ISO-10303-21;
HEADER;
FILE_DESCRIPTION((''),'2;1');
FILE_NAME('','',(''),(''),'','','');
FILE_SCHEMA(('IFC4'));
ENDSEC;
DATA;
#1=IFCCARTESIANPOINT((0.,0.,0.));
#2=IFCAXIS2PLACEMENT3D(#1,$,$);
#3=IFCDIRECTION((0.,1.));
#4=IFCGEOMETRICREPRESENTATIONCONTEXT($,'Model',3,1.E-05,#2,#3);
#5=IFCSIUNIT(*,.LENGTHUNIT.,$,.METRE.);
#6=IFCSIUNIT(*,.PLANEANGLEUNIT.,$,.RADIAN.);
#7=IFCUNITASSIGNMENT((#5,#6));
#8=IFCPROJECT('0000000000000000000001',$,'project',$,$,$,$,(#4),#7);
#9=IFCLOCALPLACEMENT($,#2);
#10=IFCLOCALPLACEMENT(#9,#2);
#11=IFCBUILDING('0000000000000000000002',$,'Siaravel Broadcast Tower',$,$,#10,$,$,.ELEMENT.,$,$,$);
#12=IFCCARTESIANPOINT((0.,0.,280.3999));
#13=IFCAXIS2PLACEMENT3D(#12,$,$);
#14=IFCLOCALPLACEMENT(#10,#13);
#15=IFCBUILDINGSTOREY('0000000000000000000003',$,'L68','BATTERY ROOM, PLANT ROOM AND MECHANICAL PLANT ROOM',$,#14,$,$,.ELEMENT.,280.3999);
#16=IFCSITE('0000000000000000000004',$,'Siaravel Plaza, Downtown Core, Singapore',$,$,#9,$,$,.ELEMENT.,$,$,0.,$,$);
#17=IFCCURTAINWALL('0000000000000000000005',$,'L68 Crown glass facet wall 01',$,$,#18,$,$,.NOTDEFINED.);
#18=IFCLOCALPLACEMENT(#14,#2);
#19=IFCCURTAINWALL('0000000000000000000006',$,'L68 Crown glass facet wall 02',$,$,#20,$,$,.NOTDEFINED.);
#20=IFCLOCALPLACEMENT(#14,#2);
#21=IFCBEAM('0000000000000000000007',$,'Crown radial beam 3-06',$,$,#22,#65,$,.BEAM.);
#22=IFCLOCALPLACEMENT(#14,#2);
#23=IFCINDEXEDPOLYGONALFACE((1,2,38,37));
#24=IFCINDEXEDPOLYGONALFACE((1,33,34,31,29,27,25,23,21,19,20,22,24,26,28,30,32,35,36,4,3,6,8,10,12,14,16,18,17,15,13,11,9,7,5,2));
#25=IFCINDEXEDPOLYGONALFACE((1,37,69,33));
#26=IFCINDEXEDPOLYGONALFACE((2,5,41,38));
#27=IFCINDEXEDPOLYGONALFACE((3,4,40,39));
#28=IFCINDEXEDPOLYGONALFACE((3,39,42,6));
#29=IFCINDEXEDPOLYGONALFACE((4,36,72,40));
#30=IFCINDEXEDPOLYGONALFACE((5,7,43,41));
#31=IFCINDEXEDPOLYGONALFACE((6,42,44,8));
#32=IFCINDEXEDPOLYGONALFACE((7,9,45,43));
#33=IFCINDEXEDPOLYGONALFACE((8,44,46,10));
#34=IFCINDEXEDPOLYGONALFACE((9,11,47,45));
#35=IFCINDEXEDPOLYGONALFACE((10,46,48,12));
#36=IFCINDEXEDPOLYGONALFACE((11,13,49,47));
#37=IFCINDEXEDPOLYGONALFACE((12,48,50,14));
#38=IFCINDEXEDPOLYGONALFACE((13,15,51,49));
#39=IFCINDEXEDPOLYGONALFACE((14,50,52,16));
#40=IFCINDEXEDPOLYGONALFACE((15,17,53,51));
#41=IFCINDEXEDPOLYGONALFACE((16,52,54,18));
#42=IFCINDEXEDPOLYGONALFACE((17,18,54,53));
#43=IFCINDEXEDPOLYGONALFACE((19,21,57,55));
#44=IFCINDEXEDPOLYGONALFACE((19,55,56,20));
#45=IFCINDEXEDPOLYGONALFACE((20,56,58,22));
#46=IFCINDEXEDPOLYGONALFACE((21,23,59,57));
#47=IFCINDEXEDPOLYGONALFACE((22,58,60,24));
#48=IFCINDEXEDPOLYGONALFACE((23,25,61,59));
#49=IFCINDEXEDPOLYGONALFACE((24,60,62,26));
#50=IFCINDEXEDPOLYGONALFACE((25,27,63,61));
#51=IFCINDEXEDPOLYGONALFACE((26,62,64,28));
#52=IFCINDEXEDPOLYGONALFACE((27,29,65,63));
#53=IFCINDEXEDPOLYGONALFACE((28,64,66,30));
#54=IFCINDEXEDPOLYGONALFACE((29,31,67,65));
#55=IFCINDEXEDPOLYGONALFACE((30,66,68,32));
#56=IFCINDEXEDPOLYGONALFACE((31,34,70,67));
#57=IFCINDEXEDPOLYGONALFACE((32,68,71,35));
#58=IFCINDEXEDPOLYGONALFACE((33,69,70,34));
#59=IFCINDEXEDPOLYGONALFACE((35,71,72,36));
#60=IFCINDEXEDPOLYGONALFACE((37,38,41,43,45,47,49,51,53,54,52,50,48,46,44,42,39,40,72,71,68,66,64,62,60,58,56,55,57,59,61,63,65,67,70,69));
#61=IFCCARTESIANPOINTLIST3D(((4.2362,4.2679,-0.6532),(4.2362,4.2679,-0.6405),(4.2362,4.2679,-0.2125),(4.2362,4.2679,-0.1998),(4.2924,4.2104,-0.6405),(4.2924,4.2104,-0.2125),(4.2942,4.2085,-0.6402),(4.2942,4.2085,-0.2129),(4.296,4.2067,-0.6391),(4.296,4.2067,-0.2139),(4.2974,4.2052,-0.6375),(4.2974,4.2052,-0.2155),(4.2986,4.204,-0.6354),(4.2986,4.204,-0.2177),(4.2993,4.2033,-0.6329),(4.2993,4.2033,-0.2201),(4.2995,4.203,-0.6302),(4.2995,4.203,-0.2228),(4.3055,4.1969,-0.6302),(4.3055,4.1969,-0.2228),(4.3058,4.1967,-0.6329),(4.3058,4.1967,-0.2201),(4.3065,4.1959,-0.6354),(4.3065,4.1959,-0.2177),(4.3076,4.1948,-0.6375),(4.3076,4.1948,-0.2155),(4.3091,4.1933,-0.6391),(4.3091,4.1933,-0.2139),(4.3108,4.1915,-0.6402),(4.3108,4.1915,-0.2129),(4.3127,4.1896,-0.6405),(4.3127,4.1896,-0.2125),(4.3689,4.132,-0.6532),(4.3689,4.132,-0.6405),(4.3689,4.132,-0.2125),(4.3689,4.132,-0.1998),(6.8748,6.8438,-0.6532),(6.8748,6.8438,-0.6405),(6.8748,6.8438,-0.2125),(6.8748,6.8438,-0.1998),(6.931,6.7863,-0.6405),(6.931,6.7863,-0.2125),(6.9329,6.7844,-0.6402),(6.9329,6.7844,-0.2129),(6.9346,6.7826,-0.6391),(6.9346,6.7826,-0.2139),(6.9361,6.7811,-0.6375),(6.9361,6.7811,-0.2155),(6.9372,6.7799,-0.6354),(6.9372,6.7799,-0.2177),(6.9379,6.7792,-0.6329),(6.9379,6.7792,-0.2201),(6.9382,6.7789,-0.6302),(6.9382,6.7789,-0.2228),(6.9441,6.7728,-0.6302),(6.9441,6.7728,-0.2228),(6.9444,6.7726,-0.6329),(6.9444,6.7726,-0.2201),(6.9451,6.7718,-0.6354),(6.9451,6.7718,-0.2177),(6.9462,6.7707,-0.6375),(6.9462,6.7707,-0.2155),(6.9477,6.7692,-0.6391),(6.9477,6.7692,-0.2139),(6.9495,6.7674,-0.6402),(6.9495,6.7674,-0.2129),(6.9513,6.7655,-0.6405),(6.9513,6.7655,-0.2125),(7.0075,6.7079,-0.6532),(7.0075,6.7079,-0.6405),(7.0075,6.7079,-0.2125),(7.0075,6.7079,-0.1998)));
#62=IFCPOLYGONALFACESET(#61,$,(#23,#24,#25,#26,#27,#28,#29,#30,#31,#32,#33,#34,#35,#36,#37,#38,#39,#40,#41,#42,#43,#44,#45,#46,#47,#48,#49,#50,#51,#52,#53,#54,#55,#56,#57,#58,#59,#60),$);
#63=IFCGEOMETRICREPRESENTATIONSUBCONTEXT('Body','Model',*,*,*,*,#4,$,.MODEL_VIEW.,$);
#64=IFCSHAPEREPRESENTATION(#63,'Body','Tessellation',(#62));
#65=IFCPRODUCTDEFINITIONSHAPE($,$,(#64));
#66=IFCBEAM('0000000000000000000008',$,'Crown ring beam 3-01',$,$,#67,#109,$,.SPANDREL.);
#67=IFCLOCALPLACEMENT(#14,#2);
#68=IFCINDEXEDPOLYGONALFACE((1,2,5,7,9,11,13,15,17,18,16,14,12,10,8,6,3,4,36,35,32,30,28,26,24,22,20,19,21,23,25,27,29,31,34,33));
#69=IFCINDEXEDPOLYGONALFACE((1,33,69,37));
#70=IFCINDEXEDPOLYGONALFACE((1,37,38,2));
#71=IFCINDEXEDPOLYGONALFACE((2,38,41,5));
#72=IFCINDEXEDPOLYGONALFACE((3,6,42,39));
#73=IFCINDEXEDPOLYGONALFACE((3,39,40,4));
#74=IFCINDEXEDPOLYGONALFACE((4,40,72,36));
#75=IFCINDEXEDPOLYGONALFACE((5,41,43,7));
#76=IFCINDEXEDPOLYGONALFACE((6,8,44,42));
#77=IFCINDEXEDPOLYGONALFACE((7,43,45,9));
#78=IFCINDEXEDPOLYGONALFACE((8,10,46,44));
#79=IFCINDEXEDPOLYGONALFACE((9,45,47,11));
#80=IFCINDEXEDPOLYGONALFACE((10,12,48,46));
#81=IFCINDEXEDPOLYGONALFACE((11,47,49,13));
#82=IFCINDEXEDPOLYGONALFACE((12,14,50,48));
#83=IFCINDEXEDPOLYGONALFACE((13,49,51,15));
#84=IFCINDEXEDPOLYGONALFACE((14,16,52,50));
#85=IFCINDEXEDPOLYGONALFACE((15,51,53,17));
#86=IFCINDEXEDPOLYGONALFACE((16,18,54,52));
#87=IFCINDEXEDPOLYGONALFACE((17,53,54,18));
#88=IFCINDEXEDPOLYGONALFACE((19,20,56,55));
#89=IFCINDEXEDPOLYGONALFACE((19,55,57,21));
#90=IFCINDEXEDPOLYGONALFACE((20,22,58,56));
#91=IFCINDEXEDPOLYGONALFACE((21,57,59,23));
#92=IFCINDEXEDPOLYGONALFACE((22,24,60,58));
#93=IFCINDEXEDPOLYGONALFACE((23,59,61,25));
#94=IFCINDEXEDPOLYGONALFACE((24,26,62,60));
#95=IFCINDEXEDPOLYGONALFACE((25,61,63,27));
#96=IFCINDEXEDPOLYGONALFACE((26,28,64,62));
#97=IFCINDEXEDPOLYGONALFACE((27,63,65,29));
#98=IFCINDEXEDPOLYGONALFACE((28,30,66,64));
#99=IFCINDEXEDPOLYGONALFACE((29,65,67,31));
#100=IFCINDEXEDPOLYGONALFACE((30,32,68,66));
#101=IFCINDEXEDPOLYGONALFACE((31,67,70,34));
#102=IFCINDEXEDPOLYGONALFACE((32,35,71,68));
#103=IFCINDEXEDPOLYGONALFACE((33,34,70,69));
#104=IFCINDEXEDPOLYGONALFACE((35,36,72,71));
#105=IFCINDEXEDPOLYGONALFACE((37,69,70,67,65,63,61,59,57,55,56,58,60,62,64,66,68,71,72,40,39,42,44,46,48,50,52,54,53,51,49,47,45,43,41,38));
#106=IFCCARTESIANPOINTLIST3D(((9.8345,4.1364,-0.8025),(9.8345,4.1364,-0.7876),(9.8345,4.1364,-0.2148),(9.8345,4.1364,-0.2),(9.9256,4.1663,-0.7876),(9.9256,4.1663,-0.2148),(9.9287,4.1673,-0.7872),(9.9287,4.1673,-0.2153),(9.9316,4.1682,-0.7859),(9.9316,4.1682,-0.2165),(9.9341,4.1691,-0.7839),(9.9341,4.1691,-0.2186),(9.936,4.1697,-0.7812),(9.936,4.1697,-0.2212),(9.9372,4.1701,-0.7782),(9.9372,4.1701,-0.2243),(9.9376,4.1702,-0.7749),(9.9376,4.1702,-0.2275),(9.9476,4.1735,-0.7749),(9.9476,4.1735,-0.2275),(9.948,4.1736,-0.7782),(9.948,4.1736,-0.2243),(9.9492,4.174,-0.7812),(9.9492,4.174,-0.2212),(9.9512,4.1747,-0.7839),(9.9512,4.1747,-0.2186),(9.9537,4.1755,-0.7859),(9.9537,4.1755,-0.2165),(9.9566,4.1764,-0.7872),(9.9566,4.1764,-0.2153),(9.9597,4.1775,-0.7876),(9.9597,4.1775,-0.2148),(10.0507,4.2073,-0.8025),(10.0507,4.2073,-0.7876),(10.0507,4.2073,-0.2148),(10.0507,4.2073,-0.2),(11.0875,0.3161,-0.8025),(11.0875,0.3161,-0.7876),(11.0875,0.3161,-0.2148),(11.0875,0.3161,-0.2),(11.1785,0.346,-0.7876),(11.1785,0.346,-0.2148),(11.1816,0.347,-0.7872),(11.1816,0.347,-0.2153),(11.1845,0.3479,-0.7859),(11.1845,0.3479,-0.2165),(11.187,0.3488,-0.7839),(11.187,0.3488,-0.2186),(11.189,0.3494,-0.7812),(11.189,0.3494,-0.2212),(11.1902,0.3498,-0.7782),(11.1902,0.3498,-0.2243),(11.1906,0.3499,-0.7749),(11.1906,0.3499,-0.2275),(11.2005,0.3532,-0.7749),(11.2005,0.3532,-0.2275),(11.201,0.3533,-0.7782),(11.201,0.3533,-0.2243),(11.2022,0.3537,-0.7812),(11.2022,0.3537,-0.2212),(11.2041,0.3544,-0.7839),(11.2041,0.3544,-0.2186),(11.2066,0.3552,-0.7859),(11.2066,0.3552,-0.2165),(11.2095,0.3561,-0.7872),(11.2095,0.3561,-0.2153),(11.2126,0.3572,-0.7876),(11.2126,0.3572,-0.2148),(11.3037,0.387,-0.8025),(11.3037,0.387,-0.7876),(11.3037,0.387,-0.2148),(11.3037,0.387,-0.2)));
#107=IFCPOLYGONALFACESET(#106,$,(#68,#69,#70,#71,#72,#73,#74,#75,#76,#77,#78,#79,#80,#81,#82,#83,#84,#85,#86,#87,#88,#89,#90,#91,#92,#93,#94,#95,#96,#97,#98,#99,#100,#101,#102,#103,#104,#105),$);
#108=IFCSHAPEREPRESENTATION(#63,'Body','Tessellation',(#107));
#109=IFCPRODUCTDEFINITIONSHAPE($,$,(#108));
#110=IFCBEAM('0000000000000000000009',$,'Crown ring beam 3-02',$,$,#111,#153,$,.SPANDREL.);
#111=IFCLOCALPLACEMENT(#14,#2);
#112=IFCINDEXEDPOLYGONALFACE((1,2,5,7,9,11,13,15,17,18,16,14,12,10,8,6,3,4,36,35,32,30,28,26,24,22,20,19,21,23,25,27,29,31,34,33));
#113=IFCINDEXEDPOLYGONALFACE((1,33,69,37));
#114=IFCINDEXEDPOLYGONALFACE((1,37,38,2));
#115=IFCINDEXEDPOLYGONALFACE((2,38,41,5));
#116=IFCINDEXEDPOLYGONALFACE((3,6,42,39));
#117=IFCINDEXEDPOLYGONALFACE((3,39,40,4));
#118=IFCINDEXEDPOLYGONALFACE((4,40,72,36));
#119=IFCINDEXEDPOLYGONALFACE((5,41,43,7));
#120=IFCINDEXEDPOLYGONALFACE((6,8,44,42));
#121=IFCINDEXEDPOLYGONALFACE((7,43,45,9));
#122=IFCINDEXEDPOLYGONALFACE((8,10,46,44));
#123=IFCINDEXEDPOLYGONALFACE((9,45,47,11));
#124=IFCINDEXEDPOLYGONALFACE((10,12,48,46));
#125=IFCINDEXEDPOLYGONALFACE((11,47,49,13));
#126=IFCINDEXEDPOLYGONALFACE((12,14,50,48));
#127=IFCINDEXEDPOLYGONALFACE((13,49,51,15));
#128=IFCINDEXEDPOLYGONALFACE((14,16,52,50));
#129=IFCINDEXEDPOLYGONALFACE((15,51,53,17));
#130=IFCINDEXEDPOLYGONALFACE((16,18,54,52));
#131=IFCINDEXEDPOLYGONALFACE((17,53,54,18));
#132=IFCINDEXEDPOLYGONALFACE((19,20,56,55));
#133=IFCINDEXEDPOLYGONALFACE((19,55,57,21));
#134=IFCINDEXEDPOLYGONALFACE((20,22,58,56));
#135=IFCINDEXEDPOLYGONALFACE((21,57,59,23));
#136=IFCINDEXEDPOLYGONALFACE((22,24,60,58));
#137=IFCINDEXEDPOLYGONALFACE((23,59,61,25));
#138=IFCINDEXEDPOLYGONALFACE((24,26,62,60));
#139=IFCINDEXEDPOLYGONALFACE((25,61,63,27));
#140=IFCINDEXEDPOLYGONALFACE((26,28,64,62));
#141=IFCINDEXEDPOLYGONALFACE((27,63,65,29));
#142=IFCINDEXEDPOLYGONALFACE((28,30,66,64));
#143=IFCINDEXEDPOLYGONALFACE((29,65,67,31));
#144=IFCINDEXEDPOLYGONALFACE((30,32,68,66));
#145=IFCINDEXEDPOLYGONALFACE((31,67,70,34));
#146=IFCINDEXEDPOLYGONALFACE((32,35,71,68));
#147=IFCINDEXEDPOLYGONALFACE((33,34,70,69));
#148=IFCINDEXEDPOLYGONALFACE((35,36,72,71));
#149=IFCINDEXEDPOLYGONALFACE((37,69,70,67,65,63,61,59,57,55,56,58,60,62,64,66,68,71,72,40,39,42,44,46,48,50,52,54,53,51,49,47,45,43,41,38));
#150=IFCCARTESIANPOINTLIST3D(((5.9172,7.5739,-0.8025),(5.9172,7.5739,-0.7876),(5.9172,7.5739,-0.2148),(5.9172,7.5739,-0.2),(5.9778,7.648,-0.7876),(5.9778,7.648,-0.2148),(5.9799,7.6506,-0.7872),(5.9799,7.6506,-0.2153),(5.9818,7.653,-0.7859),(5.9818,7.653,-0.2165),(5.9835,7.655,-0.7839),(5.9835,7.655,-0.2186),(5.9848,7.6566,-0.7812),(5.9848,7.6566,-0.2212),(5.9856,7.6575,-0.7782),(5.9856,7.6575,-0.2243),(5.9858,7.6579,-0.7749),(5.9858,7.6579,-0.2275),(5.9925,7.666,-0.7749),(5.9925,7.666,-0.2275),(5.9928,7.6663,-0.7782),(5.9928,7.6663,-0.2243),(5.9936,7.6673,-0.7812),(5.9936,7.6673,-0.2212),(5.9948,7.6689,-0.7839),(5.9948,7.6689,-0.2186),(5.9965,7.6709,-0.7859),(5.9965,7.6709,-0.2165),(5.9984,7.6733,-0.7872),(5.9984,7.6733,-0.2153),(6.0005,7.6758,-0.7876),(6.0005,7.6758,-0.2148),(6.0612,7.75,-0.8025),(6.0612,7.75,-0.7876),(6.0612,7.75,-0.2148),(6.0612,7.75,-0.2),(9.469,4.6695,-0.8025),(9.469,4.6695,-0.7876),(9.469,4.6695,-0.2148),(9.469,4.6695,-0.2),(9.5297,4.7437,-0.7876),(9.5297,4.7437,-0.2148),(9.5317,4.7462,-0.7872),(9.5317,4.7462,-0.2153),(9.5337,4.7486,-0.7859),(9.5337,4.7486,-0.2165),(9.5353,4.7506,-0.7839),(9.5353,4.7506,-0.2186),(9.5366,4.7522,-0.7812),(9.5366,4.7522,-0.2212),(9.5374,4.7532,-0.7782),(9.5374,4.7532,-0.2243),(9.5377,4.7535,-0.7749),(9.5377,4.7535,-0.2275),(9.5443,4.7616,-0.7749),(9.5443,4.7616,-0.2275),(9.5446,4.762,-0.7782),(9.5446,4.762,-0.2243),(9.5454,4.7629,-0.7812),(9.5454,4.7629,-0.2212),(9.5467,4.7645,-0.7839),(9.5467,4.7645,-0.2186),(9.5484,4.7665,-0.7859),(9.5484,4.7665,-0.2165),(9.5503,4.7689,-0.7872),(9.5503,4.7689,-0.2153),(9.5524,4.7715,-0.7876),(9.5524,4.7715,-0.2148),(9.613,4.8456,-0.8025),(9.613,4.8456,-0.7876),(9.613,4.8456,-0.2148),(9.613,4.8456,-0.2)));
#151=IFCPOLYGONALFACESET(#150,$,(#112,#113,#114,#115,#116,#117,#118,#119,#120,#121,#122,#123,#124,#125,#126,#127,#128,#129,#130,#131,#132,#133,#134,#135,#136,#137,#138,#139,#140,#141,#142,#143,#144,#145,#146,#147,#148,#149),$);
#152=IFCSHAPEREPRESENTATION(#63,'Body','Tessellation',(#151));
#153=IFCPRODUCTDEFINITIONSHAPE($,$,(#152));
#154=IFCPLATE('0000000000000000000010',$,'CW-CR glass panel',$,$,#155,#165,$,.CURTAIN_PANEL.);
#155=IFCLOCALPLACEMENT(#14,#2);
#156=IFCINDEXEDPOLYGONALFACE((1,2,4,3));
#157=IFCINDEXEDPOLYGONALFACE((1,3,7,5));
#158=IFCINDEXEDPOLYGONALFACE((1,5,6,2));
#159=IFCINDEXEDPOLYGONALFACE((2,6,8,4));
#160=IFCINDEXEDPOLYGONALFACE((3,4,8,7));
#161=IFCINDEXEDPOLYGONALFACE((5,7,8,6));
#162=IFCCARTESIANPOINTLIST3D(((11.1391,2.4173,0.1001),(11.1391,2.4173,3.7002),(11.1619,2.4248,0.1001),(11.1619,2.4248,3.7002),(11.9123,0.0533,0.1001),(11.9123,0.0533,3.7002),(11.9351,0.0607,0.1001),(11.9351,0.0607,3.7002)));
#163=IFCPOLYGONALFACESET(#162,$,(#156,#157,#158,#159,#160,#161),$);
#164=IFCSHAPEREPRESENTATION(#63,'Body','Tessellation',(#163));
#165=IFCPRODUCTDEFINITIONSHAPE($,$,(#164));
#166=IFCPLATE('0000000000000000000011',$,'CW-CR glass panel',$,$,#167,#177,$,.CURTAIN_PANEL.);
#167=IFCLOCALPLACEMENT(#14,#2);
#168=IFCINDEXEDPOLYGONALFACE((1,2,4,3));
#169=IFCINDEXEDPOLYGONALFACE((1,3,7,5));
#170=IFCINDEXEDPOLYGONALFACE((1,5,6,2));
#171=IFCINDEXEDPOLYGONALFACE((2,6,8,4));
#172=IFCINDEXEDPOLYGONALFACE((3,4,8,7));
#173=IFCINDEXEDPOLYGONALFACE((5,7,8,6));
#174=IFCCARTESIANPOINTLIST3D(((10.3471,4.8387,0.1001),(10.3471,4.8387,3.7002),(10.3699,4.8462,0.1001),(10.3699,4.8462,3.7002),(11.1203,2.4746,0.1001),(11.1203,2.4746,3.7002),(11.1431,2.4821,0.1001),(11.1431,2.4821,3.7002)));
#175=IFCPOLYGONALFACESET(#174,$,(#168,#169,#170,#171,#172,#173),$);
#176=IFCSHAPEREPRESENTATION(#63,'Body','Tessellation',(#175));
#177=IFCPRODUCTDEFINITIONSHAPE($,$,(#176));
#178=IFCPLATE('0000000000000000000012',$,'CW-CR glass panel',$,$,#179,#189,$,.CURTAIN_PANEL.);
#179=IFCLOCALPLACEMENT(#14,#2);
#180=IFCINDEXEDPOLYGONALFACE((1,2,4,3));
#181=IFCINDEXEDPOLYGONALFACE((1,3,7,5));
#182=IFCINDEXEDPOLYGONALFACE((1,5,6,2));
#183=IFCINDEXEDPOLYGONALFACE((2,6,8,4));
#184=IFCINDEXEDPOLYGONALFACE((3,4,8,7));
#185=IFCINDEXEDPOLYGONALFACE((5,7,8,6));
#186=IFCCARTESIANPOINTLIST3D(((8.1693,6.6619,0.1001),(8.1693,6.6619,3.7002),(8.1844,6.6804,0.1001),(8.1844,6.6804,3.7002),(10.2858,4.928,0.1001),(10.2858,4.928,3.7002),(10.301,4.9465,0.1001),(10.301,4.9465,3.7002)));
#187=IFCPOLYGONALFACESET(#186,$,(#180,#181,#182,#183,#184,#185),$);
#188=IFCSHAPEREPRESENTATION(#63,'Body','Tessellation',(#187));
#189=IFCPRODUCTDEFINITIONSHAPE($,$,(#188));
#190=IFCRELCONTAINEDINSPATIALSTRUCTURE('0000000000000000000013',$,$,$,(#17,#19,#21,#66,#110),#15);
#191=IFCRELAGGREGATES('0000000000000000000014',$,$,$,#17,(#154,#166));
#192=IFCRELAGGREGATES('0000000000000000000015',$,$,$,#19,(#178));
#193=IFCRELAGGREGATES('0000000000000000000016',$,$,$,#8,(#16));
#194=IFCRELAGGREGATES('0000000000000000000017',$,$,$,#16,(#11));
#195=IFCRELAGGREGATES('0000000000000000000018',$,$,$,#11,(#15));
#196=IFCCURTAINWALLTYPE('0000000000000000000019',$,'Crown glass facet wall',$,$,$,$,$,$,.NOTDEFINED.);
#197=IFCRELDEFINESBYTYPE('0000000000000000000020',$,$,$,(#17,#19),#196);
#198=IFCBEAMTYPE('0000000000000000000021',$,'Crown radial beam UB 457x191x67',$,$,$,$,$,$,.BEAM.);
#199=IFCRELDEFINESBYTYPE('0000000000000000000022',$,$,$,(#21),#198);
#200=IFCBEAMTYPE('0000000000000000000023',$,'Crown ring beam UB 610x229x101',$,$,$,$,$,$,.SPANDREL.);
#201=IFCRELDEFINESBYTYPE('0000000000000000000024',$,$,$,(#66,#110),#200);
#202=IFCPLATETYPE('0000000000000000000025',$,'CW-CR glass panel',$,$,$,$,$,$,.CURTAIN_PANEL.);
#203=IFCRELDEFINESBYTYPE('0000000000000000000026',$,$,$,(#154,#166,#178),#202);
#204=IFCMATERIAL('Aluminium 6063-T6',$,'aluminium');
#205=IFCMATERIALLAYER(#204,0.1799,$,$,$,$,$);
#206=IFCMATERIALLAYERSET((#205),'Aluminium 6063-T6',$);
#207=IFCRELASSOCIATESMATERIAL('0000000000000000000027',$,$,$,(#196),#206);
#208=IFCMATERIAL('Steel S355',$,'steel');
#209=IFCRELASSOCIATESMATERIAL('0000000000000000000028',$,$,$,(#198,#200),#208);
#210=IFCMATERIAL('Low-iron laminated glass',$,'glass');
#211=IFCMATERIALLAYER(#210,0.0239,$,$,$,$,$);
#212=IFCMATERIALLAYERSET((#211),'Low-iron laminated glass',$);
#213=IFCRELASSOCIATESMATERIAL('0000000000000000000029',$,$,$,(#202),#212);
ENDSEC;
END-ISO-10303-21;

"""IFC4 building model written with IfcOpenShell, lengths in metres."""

from ifc_helpers import new_model, si_unit, direction, frame, origin, origin_2d, place, context, subcontext, project, spatial, rectangle, i_section, extrude, material, layer, layer_set, material_profile, profile_set, type_object, element, aggregate, save


model = new_model("IFC4")

# Units and contexts
model_context = context("Model", 3, precision=1e-05, world=origin(), true_north=direction((0.0, 1.0)))
body_context = subcontext(model_context, "Body", "Model", "MODEL_VIEW")
ifc_project = project(units=[si_unit("LENGTHUNIT", "METRE"), si_unit("PLANEANGLEUNIT", "RADIAN")], contexts=[model_context])

# Site, building, storey
site_placement = place(None, origin())
site = spatial("IfcSite", under=ifc_project, at=site_placement, Name="Siaravel Plaza, Downtown Core, Singapore", CompositionType="ELEMENT", RefElevation=0.0)
building_placement = place(site_placement, origin())
building = spatial("IfcBuilding", under=site, at=building_placement, Name="Siaravel Broadcast Tower", CompositionType="ELEMENT")
storey_placement = place(building_placement, frame((0.0, 0.0, 280.3999)))
storey = spatial("IfcBuildingStorey", under=building, at=storey_placement, Name="L68", Description="BATTERY ROOM, PLANT ROOM AND MECHANICAL PLANT ROOM", CompositionType="ELEMENT", Elevation=280.3999)

# Curtain walls
ifc_material_1 = material(Name="Aluminium 6063-T6", Category="aluminium")
ifc_layer_1 = layer(ifc_material_1, 0.1799)
ifc_layer_set_1 = layer_set([ifc_layer_1], Name="Aluminium 6063-T6")
curtain_wall_type = type_object("IfcCurtainWallType", Name="Crown glass facet wall", PredefinedType="NOTDEFINED", material=ifc_layer_set_1)
curtain_wall_1_placement = place(storey_placement, origin())
curtain_wall_1 = element("IfcCurtainWall", 1, at=curtain_wall_1_placement, inside=storey, type_object=curtain_wall_type, Name="L68 Crown glass facet wall 01", PredefinedType="NOTDEFINED")
curtain_wall_2_placement = place(storey_placement, origin())
curtain_wall_2 = element("IfcCurtainWall", 2, at=curtain_wall_2_placement, inside=storey, type_object=curtain_wall_type, Name="L68 Crown glass facet wall 02", PredefinedType="NOTDEFINED")

# Beams
ifc_material_2 = material(Name="Steel S355", Category="steel")
ifc_material_profile_1 = material_profile(ifc_material_2, i_section(OverallWidth=0.1899, OverallDepth=0.4534, WebThickness=0.0085, FlangeThickness=0.0127, FilletRadius=0.0103, at=origin_2d()))
ifc_profile_set_1 = profile_set([ifc_material_profile_1], Name="Steel S355")
beam_type_1 = type_object("IfcBeamType", Name="Crown radial beam UB 457x191x67", PredefinedType="BEAM", material=ifc_profile_set_1)
beam_1_placement = place(storey_placement, frame((6.9412, 6.7759, -0.4265), z_axis=(-0.715563, -0.698548, 0.0), x_axis=(0.698548, -0.715563, 0.0)))
element("IfcBeam", 3, at=beam_1_placement, inside=storey, type_object=beam_type_1, Name="Crown radial beam 3-06", PredefinedType="BEAM", context=body_context, shape_type="SweptSolid", body=[
    extrude(i_section(OverallWidth=0.1899, OverallDepth=0.4534, WebThickness=0.0085, FlangeThickness=0.0127, FilletRadius=0.0103, at=origin_2d()), origin(), (0.0, 0.0, 1.0), 3.6875),
])
ifc_material_profile_2 = material_profile(ifc_material_2, i_section(OverallWidth=0.2275, OverallDepth=0.6025, WebThickness=0.0105, FlangeThickness=0.0149, FilletRadius=0.0127, at=origin_2d()))
ifc_profile_set_2 = profile_set([ifc_material_profile_2], Name="Steel S355")
beam_type_2 = type_object("IfcBeamType", Name="Crown ring beam UB 610x229x101", PredefinedType="SPANDREL", material=ifc_profile_set_2)
beam_2_placement = place(storey_placement, frame((11.1956, 0.3516, -0.5012), z_axis=(-0.311633, 0.950202, 0.0), x_axis=(-0.950202, -0.311633, 0.0)))
element("IfcBeam", 4, at=beam_2_placement, inside=storey, type_object=beam_type_2, Name="Crown ring beam 3-01", PredefinedType="SPANDREL", context=body_context, shape_type="SweptSolid", body=[
    extrude(i_section(OverallWidth=0.2275, OverallDepth=0.6025, WebThickness=0.0105, FlangeThickness=0.0149, FilletRadius=0.0127, at=origin_2d()), origin(), (0.0, 0.0, 1.0), 4.0205),
])
beam_3_placement = place(storey_placement, frame((9.541, 4.7576, -0.5012), z_axis=(-0.774137, 0.633018, 0.0), x_axis=(-0.633018, -0.774137, 0.0)))
element("IfcBeam", 5, at=beam_3_placement, inside=storey, type_object=beam_type_2, Name="Crown ring beam 3-02", PredefinedType="SPANDREL", context=body_context, shape_type="SweptSolid", body=[
    extrude(i_section(OverallWidth=0.2275, OverallDepth=0.6025, WebThickness=0.0105, FlangeThickness=0.0149, FilletRadius=0.0127, at=origin_2d()), origin(), (0.0, 0.0, 1.0), 4.5881),
])

# Plates
ifc_material_3 = material(Name="Low-iron laminated glass", Category="glass")
ifc_layer_2 = layer(ifc_material_3, 0.0239)
ifc_layer_set_2 = layer_set([ifc_layer_2], Name="Low-iron laminated glass")
plate_type = type_object("IfcPlateType", Name="CW-CR glass panel", PredefinedType="CURTAIN_PANEL", material=ifc_layer_set_2)
plate_1_placement = place(storey_placement, frame((11.5371, 1.239, 0.1001), z_axis=(0.0, 0.0, 1.0), x_axis=(-0.310859, 0.950456, 0.0)))
plate_1 = element("IfcPlate", 6, at=plate_1_placement, type_object=plate_type, Name="CW-CR glass panel", PredefinedType="CURTAIN_PANEL", context=body_context, shape_type="SweptSolid", body=[
    extrude(rectangle(XDim=2.4873, YDim=0.0239, at=origin_2d()), origin(), (0.0, 0.0, 1.0), 3.6001),
])
plate_2_placement = place(storey_placement, frame((10.7451, 3.6604, 0.1001), z_axis=(0.0, 0.0, 1.0), x_axis=(-0.310859, 0.950456, 0.0)))
plate_2 = element("IfcPlate", 7, at=plate_2_placement, type_object=plate_type, Name="CW-CR glass panel", PredefinedType="CURTAIN_PANEL", context=body_context, shape_type="SweptSolid", body=[
    extrude(rectangle(XDim=2.4873, YDim=0.0239, at=origin_2d()), origin(), (0.0, 0.0, 1.0), 3.6001),
])
aggregate(curtain_wall_1, [plate_1, plate_2])
plate_3_placement = place(storey_placement, frame((9.2351, 5.8042, 0.1001), z_axis=(0.0, 0.0, 1.0), x_axis=(-0.773568, 0.633713, 0.0)))
plate_3 = element("IfcPlate", 8, at=plate_3_placement, type_object=plate_type, Name="CW-CR glass panel", PredefinedType="CURTAIN_PANEL", context=body_context, shape_type="SweptSolid", body=[
    extrude(rectangle(XDim=2.7361, YDim=0.0239, at=origin_2d()), origin(), (0.0, 0.0, 1.0), 3.6001),
])
aggregate(curtain_wall_2, [plate_3])

save(model, "model.ifc")
